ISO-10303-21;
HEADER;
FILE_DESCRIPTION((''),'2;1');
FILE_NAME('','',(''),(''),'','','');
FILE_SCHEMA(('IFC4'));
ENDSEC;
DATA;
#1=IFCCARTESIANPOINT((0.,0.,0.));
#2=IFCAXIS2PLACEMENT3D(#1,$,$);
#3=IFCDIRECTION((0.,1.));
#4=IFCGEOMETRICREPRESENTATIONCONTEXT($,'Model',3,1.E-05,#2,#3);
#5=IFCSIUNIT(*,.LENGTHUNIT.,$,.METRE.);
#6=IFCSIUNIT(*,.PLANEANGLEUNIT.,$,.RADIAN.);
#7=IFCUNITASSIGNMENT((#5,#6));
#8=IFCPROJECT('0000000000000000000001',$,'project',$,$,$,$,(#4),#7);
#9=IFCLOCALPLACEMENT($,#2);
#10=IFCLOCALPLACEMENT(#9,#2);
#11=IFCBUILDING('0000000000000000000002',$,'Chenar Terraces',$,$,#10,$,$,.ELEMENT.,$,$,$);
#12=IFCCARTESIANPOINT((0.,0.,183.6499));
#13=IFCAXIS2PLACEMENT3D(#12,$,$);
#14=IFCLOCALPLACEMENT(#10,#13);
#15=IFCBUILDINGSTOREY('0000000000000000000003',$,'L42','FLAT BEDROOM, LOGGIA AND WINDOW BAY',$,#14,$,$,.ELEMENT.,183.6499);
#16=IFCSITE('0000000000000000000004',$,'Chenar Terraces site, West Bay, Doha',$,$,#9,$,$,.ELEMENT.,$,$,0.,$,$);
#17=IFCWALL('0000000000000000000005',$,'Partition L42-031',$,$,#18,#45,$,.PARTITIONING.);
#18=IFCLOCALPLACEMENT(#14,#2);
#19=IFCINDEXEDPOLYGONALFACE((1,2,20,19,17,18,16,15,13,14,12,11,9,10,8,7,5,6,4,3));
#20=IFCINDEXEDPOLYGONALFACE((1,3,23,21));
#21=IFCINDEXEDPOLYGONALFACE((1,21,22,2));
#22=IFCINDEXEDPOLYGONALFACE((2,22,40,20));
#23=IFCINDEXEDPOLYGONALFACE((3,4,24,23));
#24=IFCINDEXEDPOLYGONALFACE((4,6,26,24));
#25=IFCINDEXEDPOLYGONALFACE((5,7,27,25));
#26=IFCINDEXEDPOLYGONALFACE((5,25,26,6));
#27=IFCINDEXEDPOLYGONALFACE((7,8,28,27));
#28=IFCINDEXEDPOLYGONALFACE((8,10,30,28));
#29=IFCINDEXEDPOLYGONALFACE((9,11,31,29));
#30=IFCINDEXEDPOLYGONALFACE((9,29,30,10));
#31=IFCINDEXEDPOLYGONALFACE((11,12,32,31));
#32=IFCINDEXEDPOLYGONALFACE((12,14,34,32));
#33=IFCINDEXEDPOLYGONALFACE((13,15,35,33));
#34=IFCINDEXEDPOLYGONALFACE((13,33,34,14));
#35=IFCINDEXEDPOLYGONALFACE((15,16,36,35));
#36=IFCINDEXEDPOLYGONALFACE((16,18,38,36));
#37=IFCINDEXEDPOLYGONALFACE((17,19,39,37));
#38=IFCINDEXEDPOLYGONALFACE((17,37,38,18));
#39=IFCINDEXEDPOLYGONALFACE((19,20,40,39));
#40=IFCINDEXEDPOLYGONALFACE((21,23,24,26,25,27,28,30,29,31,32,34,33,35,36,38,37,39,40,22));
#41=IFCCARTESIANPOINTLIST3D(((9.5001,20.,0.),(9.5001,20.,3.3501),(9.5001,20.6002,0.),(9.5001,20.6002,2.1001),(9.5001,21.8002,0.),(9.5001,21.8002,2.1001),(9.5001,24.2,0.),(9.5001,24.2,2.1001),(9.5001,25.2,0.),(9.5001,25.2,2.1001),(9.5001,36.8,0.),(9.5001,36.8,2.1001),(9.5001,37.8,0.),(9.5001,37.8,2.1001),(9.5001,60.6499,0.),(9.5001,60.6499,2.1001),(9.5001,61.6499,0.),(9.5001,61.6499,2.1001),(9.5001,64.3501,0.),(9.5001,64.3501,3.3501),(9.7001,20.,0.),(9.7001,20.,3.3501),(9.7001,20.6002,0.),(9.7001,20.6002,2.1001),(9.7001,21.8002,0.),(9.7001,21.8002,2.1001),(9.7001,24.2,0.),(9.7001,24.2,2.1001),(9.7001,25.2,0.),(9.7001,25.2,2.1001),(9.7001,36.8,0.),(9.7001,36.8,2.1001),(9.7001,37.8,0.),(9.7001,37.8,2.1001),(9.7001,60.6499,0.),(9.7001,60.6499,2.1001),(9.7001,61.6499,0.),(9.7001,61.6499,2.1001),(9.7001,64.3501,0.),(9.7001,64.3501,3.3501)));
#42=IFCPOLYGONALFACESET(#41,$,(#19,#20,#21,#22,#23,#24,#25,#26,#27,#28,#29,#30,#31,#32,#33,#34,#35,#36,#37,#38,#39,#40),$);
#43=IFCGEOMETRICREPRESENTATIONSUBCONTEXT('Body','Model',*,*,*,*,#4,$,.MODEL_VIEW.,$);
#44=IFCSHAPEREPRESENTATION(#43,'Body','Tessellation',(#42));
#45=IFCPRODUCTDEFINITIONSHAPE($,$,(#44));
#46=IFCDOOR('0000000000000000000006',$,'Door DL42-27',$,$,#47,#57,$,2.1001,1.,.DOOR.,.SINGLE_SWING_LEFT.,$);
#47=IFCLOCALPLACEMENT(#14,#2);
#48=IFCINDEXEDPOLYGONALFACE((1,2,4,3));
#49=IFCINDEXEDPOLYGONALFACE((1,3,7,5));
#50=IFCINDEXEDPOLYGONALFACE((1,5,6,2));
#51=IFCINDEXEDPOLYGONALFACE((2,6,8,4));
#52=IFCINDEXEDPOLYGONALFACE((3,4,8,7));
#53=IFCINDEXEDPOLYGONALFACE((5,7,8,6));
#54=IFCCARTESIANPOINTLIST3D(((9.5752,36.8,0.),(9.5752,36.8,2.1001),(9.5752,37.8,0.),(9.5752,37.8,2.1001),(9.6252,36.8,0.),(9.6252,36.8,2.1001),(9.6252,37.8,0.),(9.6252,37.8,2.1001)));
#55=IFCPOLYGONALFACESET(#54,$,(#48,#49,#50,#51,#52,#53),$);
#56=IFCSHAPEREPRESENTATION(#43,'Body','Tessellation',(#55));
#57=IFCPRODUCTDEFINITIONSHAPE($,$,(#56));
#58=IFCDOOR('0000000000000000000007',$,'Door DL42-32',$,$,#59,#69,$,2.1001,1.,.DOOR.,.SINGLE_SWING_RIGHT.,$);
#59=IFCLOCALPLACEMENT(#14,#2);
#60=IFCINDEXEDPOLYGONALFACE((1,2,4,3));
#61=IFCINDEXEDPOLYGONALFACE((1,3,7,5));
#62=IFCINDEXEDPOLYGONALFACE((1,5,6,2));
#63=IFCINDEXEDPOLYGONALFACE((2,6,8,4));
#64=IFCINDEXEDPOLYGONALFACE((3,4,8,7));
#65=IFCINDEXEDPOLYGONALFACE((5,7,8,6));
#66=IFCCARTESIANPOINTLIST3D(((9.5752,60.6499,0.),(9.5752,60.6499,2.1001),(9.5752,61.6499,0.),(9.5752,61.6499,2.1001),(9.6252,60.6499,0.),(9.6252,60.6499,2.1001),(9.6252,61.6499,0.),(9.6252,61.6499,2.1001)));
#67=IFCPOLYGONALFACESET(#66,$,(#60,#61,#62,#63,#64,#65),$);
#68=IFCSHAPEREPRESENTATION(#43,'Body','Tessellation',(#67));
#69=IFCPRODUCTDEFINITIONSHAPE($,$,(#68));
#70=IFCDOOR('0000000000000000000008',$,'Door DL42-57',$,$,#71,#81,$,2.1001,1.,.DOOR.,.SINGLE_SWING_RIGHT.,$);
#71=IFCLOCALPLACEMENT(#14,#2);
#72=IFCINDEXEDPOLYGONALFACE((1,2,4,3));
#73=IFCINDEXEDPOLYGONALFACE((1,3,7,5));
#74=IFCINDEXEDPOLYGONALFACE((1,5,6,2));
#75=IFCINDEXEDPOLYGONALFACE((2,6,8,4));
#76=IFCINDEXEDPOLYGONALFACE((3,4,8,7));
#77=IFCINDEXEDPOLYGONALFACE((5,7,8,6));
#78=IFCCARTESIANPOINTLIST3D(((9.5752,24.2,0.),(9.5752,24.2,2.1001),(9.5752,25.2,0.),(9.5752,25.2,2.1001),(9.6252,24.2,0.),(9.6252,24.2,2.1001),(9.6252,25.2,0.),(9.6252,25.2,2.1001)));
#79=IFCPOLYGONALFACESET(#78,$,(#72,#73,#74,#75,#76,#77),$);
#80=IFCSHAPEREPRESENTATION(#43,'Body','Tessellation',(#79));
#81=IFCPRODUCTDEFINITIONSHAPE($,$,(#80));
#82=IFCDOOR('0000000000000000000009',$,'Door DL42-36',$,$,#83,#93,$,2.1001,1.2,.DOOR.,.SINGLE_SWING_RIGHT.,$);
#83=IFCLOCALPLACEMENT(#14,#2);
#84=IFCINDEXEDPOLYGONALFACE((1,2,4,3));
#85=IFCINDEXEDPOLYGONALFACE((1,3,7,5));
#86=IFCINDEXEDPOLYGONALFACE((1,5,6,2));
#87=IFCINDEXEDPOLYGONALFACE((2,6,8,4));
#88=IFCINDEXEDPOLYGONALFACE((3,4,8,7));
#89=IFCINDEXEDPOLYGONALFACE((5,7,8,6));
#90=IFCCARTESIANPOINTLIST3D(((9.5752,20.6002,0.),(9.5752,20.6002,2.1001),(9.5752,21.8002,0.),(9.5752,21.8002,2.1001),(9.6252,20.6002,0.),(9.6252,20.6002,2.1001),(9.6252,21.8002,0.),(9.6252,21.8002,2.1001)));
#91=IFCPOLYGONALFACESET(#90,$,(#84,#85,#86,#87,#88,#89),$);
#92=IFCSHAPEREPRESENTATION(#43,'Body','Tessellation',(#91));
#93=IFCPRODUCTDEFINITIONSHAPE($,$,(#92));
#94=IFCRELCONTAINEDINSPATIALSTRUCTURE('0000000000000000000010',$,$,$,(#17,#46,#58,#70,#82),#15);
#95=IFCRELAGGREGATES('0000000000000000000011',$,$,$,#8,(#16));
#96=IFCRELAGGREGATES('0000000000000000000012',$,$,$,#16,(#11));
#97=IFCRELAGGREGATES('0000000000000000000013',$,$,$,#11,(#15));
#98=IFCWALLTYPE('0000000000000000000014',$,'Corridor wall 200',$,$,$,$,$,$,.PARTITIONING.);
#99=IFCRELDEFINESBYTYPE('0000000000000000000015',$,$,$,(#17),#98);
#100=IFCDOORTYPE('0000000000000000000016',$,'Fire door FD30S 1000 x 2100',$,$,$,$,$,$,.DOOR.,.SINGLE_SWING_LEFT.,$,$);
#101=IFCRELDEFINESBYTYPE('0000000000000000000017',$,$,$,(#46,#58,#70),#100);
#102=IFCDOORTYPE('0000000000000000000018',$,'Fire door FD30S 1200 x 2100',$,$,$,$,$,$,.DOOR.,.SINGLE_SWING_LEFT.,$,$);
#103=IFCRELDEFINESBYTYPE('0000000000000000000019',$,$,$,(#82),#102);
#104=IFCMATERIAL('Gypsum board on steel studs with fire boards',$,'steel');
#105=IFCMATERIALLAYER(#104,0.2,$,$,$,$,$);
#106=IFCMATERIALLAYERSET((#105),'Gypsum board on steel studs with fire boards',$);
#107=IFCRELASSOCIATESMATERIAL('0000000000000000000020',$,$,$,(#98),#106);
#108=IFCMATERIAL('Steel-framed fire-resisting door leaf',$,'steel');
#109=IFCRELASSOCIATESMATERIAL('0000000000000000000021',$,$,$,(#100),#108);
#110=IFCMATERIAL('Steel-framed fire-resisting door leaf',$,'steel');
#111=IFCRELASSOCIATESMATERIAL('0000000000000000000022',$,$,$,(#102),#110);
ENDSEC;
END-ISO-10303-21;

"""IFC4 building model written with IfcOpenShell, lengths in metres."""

from ifc_helpers import new_model, si_unit, direction, frame, frame_2d, origin, place, context, subcontext, project, spatial, rectangle, extrude, material, layer, layer_set, type_object, element, fill, save


model = new_model("IFC4")

# Units and contexts
model_context = context("Model", 3, precision=1e-05, world=origin(), true_north=direction((0.0, 1.0)))
body_context = subcontext(model_context, "Body", "Model", "MODEL_VIEW")
ifc_project = project(units=[si_unit("LENGTHUNIT", "METRE"), si_unit("PLANEANGLEUNIT", "RADIAN")], contexts=[model_context])

# Site, building, storey
site_placement = place(None, origin())
site = spatial("IfcSite", under=ifc_project, at=site_placement, Name="Chenar Terraces site, West Bay, Doha", CompositionType="ELEMENT", RefElevation=0.0)
building_placement = place(site_placement, origin())
building = spatial("IfcBuilding", under=site, at=building_placement, Name="Chenar Terraces", CompositionType="ELEMENT")
storey_placement = place(building_placement, frame((0.0, 0.0, 183.6499)))
storey = spatial("IfcBuildingStorey", under=building, at=storey_placement, Name="L42", Description="FLAT BEDROOM, LOGGIA AND WINDOW BAY", CompositionType="ELEMENT", Elevation=183.6499)

# Wall, openings, doors
ifc_material_1 = material(Name="Gypsum board on steel studs with fire boards", Category="steel")
ifc_layer_1 = layer(ifc_material_1, 0.2)
ifc_layer_set_1 = layer_set([ifc_layer_1], Name="Gypsum board on steel studs with fire boards")
wall_type_1 = type_object("IfcWallType", Name="Corridor wall 200", PredefinedType="PARTITIONING", material=ifc_layer_set_1)
wall_1_placement = place(storey_placement, frame((9.6001, 20.0, 0.0), z_axis=(0.0, 0.0, 1.0), x_axis=(0.0, 1.0, 0.0)))
wall_1 = element("IfcWall", 1, at=wall_1_placement, inside=storey, type_object=wall_type_1, Name="Partition L42-031", PredefinedType="PARTITIONING", context=body_context, shape_type="SweptSolid", body=[
    extrude(rectangle(XDim=44.3501, YDim=0.2, at=frame_2d((22.175, 0.0))), origin(), (0.0, 0.0, 1.0), 3.3501),
])
opening_1_placement = place(wall_1_placement, frame((16.8, 0.0, 0.0)))
opening_1 = element("IfcOpeningElement", 2, at=opening_1_placement, cuts=wall_1, PredefinedType="OPENING", context=body_context, shape_type="SweptSolid", body=[
    extrude(rectangle(XDim=1.0, YDim=2.1001, at=frame_2d((0.5, 1.05))), frame((0.0, 0.1099, 0.0), z_axis=(0.0, -1.0, 0.0), x_axis=(1.0, 0.0, 0.0)), (0.0, 0.0, 1.0), 0.22),
])
opening_2_placement = place(wall_1_placement, frame((40.6499, 0.0, 0.0)))
opening_2 = element("IfcOpeningElement", 3, at=opening_2_placement, cuts=wall_1, PredefinedType="OPENING", context=body_context, shape_type="SweptSolid", body=[
    extrude(rectangle(XDim=1.0, YDim=2.1001, at=frame_2d((0.5, 1.05))), frame((0.0, 0.1099, 0.0), z_axis=(0.0, -1.0, 0.0), x_axis=(1.0, 0.0, 0.0)), (0.0, 0.0, 1.0), 0.22),
])
opening_3_placement = place(wall_1_placement, frame((0.6001, 0.0, 0.0)))
opening_3 = element("IfcOpeningElement", 4, at=opening_3_placement, cuts=wall_1, PredefinedType="OPENING", context=body_context, shape_type="SweptSolid", body=[
    extrude(rectangle(XDim=1.2, YDim=2.1001, at=frame_2d((0.6001, 1.05))), frame((0.0, 0.1099, 0.0), z_axis=(0.0, -1.0, 0.0), x_axis=(1.0, 0.0, 0.0)), (0.0, 0.0, 1.0), 0.22),
])
opening_4_placement = place(wall_1_placement, frame((4.2, 0.0, 0.0)))
opening_4 = element("IfcOpeningElement", 5, at=opening_4_placement, cuts=wall_1, PredefinedType="OPENING", context=body_context, shape_type="SweptSolid", body=[
    extrude(rectangle(XDim=1.0, YDim=2.1001, at=frame_2d((0.5, 1.05))), frame((0.0, 0.1099, 0.0), z_axis=(0.0, -1.0, 0.0), x_axis=(1.0, 0.0, 0.0)), (0.0, 0.0, 1.0), 0.22),
])
ifc_material_2 = material(Name="Steel-framed fire-resisting door leaf", Category="steel")
door_type_1 = type_object("IfcDoorType", Name="Fire door FD30S 1000 x 2100", OperationType="SINGLE_SWING_LEFT", PredefinedType="DOOR", material=ifc_material_2)
door_1_placement = place(opening_1_placement, origin())
door_1 = element("IfcDoor", 6, at=door_1_placement, inside=storey, type_object=door_type_1, Name="Door DL42-27", OperationType="SINGLE_SWING_LEFT", OverallHeight=2.1001, OverallWidth=1.0, PredefinedType="DOOR", context=body_context, shape_type="SweptSolid", body=[
    extrude(rectangle(XDim=1.0, YDim=2.1001, at=frame_2d((0.5, 1.05))), frame((0.0, 0.0249, 0.0), z_axis=(0.0, -1.0, 0.0), x_axis=(1.0, 0.0, 0.0)), (0.0, 0.0, 1.0), 0.05),
])
fill(opening_1, door_1)
door_2_placement = place(opening_2_placement, origin())
door_2 = element("IfcDoor", 7, at=door_2_placement, inside=storey, type_object=door_type_1, Name="Door DL42-32", OperationType="SINGLE_SWING_RIGHT", OverallHeight=2.1001, OverallWidth=1.0, PredefinedType="DOOR", context=body_context, shape_type="SweptSolid", body=[
    extrude(rectangle(XDim=1.0, YDim=2.1001, at=frame_2d((0.5, 1.05))), frame((0.0, 0.0249, 0.0), z_axis=(0.0, -1.0, 0.0), x_axis=(1.0, 0.0, 0.0)), (0.0, 0.0, 1.0), 0.05),
])
fill(opening_2, door_2)
door_3_placement = place(opening_4_placement, origin())
door_3 = element("IfcDoor", 8, at=door_3_placement, inside=storey, type_object=door_type_1, Name="Door DL42-57", OperationType="SINGLE_SWING_RIGHT", OverallHeight=2.1001, OverallWidth=1.0, PredefinedType="DOOR", context=body_context, shape_type="SweptSolid", body=[
    extrude(rectangle(XDim=1.0, YDim=2.1001, at=frame_2d((0.5, 1.05))), frame((0.0, 0.0249, 0.0), z_axis=(0.0, -1.0, 0.0), x_axis=(1.0, 0.0, 0.0)), (0.0, 0.0, 1.0), 0.05),
])
fill(opening_4, door_3)
ifc_material_3 = material(Name="Steel-framed fire-resisting door leaf", Category="steel")
door_type_2 = type_object("IfcDoorType", Name="Fire door FD30S 1200 x 2100", OperationType="SINGLE_SWING_LEFT", PredefinedType="DOOR", material=ifc_material_3)
door_4_placement = place(opening_3_placement, origin())
door_4 = element("IfcDoor", 9, at=door_4_placement, inside=storey, type_object=door_type_2, Name="Door DL42-36", OperationType="SINGLE_SWING_RIGHT", OverallHeight=2.1001, OverallWidth=1.2, PredefinedType="DOOR", context=body_context, shape_type="SweptSolid", body=[
    extrude(rectangle(XDim=1.2, YDim=2.1001, at=frame_2d((0.6001, 1.05))), frame((0.0, 0.0249, 0.0), z_axis=(0.0, -1.0, 0.0), x_axis=(1.0, 0.0, 0.0)), (0.0, 0.0, 1.0), 0.05),
])
fill(opening_3, door_4)

save(model, "model.ifc")
